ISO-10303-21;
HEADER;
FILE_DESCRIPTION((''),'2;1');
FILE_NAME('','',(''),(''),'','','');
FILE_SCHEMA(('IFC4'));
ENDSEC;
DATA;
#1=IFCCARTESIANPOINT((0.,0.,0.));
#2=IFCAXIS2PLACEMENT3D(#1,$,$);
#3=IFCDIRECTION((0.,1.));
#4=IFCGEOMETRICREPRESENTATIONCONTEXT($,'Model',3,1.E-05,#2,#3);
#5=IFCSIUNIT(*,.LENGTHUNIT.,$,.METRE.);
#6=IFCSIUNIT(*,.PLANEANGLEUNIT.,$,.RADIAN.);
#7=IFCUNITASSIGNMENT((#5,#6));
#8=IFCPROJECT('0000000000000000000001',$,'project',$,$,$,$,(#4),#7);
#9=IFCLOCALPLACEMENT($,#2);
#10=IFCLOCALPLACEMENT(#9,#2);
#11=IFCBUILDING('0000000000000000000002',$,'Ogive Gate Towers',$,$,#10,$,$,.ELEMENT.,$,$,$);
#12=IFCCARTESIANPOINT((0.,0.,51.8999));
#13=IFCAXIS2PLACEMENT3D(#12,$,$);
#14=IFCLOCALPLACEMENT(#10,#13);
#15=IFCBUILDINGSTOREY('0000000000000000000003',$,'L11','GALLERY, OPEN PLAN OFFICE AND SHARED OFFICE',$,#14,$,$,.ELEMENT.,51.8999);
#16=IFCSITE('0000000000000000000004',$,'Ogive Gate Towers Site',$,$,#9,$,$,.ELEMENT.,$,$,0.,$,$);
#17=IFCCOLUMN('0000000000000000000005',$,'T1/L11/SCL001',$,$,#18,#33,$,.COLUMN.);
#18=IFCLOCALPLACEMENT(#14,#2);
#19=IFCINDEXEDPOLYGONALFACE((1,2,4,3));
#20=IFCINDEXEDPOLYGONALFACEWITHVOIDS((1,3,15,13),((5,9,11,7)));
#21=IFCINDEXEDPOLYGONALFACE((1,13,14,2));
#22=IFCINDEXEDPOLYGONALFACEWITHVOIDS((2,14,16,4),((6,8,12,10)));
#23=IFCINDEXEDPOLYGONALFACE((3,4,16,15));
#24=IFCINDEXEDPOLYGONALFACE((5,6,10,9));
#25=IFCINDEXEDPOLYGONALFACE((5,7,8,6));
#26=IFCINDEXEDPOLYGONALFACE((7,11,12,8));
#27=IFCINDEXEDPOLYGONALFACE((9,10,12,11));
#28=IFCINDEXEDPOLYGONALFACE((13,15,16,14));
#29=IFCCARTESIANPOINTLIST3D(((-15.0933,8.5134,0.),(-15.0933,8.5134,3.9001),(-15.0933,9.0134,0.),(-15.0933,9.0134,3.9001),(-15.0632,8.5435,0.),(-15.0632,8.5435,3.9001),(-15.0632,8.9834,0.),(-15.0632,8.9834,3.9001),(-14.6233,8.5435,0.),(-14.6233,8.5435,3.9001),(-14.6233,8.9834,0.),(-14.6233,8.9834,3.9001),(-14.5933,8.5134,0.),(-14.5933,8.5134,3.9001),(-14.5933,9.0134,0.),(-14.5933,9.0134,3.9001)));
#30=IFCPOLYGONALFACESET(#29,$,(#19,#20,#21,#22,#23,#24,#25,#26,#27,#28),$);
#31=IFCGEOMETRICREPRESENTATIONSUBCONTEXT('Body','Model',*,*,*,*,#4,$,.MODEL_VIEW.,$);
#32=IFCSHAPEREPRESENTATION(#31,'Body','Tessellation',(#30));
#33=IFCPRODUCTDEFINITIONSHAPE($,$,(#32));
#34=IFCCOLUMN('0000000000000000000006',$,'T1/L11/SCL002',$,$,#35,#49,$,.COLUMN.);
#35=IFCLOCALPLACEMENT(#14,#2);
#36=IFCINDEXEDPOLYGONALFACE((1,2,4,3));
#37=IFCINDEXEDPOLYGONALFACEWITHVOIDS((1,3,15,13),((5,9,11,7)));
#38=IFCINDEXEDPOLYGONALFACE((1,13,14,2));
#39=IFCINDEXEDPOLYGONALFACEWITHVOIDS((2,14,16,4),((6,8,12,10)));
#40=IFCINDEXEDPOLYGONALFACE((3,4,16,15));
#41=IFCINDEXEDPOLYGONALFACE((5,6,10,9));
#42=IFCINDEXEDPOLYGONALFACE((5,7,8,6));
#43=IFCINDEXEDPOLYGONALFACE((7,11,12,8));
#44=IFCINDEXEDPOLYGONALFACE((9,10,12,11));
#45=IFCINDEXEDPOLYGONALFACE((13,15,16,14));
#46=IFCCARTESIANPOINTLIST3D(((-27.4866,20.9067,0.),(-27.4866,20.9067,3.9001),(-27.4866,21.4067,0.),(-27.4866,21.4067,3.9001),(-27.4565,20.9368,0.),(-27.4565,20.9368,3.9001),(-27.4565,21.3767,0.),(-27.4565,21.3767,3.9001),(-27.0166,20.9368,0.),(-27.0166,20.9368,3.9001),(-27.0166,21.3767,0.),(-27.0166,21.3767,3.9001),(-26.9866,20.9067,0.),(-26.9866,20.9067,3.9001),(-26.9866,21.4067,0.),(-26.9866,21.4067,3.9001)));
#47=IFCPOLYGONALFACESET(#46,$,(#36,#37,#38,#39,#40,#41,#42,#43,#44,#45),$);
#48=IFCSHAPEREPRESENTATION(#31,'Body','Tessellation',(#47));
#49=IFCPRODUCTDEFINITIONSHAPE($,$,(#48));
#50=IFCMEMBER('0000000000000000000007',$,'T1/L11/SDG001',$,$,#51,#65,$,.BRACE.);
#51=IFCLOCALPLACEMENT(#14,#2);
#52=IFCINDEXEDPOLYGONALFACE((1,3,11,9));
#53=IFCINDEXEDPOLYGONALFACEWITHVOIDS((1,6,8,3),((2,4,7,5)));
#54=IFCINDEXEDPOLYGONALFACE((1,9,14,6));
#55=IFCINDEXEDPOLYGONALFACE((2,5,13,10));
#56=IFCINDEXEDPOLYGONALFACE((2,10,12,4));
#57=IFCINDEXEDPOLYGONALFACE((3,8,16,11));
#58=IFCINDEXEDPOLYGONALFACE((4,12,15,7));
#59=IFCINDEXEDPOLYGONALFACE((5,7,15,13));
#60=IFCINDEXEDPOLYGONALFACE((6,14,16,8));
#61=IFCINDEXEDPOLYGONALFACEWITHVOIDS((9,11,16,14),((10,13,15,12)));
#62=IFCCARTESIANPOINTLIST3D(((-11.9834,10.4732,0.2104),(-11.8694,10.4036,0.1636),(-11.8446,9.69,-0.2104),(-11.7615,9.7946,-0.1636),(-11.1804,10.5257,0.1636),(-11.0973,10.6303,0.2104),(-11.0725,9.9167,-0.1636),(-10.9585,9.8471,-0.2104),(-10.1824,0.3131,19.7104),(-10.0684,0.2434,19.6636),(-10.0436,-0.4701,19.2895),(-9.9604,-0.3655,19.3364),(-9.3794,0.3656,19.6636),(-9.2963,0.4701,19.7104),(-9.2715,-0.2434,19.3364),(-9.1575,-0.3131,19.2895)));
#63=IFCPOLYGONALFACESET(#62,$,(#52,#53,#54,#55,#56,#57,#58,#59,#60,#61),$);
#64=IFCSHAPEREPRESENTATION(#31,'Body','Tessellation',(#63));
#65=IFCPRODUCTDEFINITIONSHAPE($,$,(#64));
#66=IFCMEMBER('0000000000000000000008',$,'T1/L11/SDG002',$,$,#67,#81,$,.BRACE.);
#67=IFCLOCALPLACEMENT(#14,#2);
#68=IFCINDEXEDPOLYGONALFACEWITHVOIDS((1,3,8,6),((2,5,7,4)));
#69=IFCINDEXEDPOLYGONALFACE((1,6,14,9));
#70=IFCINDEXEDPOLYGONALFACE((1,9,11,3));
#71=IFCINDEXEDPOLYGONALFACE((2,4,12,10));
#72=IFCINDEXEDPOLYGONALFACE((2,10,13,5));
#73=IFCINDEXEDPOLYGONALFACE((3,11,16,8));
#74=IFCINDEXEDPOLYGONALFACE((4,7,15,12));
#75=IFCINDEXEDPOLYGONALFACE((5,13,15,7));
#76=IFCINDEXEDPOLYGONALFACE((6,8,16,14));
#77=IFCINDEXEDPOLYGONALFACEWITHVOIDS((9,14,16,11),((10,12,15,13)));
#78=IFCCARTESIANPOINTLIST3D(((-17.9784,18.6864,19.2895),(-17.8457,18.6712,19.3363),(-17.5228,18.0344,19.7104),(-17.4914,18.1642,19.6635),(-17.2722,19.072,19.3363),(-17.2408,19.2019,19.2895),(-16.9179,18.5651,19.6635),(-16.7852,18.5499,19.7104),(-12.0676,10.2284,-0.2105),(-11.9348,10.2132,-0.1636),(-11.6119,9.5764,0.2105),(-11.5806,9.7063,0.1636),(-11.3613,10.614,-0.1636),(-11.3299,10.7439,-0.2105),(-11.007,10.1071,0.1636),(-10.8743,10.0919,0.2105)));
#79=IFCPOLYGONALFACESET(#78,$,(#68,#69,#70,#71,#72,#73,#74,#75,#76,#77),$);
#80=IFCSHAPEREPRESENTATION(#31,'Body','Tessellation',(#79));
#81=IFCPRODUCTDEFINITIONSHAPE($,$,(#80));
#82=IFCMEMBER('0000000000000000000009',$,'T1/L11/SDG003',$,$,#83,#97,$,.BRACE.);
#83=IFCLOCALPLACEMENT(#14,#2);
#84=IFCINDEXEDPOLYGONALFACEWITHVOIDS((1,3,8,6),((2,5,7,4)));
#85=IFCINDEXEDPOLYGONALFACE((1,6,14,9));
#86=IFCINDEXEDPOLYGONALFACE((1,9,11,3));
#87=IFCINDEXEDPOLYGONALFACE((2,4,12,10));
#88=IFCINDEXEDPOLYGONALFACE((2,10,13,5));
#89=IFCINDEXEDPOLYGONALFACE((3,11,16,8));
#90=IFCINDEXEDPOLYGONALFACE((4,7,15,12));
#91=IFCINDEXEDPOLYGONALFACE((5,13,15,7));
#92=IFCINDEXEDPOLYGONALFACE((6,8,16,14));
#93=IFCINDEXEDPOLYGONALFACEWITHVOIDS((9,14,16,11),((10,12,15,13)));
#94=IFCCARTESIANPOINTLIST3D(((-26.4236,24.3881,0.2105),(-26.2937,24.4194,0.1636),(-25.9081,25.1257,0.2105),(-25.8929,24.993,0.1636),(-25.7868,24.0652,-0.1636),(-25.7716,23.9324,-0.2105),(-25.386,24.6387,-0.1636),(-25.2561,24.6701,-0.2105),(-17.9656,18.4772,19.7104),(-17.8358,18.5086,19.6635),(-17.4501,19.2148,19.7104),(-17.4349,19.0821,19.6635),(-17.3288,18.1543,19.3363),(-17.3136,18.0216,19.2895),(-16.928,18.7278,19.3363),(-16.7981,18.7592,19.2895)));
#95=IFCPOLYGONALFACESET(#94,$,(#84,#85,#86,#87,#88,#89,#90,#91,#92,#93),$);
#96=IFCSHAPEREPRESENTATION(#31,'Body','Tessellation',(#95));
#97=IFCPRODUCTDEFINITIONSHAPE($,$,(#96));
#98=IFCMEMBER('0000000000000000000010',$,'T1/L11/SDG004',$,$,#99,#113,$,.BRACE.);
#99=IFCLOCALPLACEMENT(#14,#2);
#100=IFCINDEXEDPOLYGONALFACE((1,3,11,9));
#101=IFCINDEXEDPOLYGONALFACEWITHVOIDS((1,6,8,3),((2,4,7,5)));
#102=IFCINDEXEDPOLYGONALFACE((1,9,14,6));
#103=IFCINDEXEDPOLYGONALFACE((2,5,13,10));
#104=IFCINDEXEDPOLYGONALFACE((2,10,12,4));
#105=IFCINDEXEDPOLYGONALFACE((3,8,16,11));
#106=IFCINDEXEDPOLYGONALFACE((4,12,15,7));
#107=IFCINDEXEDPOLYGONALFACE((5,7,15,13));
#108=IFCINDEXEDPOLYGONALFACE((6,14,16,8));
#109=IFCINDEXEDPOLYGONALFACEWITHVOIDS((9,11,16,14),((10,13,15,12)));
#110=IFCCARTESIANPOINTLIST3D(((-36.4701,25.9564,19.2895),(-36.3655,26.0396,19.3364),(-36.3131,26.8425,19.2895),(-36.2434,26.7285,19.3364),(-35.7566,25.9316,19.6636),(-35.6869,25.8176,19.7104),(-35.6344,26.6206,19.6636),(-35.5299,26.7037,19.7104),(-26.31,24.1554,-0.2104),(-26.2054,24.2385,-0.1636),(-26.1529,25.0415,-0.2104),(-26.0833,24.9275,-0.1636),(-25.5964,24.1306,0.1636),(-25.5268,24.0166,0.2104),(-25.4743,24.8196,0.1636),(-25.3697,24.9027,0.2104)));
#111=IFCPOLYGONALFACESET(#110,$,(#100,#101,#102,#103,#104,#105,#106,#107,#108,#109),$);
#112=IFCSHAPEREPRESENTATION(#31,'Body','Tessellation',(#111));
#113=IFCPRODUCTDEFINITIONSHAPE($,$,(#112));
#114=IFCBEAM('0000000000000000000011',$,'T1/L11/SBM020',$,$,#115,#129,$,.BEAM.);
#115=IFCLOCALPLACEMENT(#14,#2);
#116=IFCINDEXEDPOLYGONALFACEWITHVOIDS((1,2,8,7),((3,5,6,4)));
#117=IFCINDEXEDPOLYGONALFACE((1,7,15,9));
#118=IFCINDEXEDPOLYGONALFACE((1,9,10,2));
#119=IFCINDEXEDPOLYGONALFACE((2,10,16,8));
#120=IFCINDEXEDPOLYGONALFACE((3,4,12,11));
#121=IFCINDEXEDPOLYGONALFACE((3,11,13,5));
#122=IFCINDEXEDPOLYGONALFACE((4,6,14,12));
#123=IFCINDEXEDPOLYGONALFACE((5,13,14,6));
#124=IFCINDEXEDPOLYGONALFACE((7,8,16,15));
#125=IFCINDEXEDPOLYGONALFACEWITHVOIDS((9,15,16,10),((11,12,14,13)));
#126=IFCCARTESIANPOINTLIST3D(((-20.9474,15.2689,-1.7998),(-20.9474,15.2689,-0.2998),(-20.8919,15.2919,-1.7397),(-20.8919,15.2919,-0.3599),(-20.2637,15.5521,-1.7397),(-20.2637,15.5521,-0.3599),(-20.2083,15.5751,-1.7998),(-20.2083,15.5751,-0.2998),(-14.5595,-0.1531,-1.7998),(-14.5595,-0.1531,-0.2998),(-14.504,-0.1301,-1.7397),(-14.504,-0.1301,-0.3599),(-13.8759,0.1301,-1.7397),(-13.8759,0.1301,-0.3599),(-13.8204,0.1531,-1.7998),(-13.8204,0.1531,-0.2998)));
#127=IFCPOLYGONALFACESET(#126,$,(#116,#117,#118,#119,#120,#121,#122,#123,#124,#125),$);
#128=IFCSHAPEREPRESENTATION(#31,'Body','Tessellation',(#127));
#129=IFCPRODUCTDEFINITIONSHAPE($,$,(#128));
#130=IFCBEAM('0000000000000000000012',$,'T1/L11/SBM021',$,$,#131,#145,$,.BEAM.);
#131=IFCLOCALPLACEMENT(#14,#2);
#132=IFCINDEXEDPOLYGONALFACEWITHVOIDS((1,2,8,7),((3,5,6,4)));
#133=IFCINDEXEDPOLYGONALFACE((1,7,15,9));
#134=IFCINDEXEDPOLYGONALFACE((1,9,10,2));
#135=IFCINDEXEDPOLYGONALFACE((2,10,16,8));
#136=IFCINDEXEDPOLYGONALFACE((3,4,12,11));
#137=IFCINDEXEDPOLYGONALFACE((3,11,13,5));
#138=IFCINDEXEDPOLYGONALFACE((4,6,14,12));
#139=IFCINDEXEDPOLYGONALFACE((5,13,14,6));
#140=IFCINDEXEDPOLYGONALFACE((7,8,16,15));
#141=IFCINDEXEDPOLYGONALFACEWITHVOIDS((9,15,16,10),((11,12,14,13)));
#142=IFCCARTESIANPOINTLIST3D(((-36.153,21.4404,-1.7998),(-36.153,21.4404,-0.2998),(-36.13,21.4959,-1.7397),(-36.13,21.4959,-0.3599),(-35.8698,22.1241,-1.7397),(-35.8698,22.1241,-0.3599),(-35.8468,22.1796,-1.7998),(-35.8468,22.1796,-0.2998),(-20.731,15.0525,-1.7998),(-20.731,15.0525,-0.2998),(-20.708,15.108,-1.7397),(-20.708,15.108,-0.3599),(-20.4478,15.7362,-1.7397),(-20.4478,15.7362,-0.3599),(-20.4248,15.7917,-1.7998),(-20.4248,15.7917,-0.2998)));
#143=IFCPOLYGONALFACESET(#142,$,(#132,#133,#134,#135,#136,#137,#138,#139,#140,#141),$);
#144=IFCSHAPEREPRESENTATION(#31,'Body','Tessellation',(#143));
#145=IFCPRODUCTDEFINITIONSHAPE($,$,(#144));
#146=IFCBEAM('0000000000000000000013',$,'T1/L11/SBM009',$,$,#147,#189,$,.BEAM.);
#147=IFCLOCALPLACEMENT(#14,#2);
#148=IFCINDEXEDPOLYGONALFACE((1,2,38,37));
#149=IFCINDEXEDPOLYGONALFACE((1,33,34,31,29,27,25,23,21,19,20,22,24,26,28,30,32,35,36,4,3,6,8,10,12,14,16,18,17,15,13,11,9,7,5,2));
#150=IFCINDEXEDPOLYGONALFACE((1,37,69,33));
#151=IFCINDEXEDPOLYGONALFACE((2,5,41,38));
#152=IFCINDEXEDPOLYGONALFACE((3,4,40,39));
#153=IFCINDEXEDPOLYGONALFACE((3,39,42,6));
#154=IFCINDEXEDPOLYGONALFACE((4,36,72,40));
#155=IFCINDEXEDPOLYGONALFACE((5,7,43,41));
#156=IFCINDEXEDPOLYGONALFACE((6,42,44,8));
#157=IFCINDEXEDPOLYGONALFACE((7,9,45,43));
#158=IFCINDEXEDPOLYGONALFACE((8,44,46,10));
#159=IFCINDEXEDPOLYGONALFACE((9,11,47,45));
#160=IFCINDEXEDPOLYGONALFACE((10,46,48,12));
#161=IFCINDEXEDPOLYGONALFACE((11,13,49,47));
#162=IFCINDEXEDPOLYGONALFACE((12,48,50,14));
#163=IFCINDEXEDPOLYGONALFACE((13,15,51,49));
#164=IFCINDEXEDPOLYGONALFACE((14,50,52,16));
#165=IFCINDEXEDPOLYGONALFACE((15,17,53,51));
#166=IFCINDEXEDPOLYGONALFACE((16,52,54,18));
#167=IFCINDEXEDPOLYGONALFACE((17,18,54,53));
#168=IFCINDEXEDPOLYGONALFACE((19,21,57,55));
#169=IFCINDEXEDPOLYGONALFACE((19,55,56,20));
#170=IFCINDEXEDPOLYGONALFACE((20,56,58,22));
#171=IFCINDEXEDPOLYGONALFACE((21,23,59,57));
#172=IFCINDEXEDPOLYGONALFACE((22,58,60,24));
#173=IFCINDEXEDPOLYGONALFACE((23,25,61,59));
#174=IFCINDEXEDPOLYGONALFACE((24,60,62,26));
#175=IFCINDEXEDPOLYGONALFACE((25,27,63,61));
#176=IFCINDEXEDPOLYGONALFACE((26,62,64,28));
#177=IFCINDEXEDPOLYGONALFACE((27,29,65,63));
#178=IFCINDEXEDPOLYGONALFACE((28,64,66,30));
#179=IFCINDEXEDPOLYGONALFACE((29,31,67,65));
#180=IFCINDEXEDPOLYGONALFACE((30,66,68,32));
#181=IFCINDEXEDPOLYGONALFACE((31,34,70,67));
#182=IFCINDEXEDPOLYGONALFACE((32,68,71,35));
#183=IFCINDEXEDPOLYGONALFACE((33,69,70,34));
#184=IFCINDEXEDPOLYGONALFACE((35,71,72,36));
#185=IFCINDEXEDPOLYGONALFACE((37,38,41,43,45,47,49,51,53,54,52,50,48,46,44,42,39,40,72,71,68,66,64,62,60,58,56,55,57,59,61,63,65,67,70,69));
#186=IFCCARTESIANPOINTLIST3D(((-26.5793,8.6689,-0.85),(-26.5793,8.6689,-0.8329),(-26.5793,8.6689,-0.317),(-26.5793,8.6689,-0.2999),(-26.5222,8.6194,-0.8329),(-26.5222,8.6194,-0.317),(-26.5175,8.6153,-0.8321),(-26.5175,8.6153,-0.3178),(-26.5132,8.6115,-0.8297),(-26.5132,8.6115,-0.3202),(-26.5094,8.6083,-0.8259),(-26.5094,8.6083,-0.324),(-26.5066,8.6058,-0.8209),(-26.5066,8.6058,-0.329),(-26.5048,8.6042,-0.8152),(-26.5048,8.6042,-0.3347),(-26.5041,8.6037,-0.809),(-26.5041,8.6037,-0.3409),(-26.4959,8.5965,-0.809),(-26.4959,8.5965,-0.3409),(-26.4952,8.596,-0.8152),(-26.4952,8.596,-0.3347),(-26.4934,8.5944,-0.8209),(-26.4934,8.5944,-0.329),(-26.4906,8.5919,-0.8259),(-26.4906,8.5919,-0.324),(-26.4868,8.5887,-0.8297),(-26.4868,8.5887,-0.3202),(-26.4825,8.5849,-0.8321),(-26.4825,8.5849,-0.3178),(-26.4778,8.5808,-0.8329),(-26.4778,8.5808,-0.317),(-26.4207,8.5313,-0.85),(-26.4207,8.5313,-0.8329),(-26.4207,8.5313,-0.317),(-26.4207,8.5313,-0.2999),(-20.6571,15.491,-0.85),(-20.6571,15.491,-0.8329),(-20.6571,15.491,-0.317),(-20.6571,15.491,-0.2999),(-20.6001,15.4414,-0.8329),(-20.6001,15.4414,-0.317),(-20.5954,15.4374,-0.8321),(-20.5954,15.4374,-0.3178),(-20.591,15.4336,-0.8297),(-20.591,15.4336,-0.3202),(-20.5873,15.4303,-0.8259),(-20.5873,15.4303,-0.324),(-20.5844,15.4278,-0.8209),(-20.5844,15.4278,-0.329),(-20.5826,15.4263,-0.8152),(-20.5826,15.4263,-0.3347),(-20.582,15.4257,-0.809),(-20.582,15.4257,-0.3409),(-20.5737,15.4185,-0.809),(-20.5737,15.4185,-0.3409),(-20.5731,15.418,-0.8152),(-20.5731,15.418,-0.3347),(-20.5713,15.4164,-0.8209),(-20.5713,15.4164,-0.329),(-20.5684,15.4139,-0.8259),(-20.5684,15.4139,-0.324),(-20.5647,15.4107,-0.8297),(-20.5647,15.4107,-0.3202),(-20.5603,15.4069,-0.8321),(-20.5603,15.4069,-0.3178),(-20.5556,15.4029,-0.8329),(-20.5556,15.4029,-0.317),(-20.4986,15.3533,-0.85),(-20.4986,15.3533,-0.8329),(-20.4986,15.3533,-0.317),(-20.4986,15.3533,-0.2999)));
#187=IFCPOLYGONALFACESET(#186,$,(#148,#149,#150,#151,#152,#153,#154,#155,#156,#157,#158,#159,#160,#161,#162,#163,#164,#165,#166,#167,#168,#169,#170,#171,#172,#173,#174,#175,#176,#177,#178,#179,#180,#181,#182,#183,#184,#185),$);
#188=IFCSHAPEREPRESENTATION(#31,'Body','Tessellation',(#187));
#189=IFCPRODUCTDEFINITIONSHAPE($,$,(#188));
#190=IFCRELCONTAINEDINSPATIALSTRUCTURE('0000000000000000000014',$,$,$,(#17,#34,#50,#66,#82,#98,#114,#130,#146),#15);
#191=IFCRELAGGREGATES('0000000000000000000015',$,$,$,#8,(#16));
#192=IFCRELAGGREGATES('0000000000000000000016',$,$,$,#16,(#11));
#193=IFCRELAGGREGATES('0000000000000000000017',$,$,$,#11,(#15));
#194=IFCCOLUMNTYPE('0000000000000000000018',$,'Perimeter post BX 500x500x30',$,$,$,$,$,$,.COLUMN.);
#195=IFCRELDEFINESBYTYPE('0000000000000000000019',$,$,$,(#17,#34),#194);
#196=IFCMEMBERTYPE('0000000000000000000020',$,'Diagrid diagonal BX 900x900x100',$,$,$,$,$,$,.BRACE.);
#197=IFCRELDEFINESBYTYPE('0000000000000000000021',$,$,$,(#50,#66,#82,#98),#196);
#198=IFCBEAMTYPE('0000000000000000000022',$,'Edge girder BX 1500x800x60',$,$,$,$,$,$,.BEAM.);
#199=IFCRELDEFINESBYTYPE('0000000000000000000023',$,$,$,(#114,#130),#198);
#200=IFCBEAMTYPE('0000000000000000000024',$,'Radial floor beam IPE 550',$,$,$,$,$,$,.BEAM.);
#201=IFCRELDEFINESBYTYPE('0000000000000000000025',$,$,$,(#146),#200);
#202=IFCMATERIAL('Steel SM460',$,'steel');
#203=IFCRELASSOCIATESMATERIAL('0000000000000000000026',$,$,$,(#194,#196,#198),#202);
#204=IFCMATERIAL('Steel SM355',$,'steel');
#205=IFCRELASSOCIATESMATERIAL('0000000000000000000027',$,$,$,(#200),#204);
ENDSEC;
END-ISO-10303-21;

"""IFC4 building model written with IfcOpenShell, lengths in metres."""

from ifc_helpers import new_model, si_unit, direction, frame, origin, origin_2d, place, context, subcontext, project, spatial, hollow_rectangle, i_section, extrude, material, material_profile, profile_set, type_object, element, save


model = new_model("IFC4")

# Units and contexts
model_context = context("Model", 3, precision=1e-05, world=origin(), true_north=direction((0.0, 1.0)))
body_context = subcontext(model_context, "Body", "Model", "MODEL_VIEW")
ifc_project = project(units=[si_unit("LENGTHUNIT", "METRE"), si_unit("PLANEANGLEUNIT", "RADIAN")], contexts=[model_context])

# Site, building, storey
site_placement = place(None, origin())
site = spatial("IfcSite", under=ifc_project, at=site_placement, Name="Ogive Gate Towers Site", CompositionType="ELEMENT", RefElevation=0.0)
building_placement = place(site_placement, origin())
building = spatial("IfcBuilding", under=site, at=building_placement, Name="Ogive Gate Towers", CompositionType="ELEMENT")
storey_placement = place(building_placement, frame((0.0, 0.0, 51.8999)))
storey = spatial("IfcBuildingStorey", under=building, at=storey_placement, Name="L11", Description="GALLERY, OPEN PLAN OFFICE AND SHARED OFFICE", CompositionType="ELEMENT", Elevation=51.8999)

# Columns
ifc_material_1 = material(Name="Steel SM460", Category="steel")
ifc_material_profile_1 = material_profile(ifc_material_1, hollow_rectangle(XDim=0.5, YDim=0.5, WallThickness=0.03, at=origin_2d()), Name="BX 500x500x30")
ifc_profile_set_1 = profile_set([ifc_material_profile_1], Name="Steel SM460")
column_type = type_object("IfcColumnType", Name="Perimeter post BX 500x500x30", PredefinedType="COLUMN", material=ifc_profile_set_1)
for number, where, z_axis, x_axis, name in (
    (1, (-14.8433, 8.7634, 0.0), (0.0, 0.0, 1.0), (1.0, 0.0, 0.0), "T1/L11/SCL001"),
    (2, (-27.2366, 21.1567, 0.0), (0.0, 0.0, 1.0), (1.0, 0.0, 0.0), "T1/L11/SCL002"),
):
    element("IfcColumn", number, at=place(storey_placement, frame(where, z_axis=z_axis, x_axis=x_axis)), inside=storey, type_object=column_type, Name=name, PredefinedType="COLUMN", context=body_context, shape_type="SweptSolid", body=[
        extrude(hollow_rectangle(XDim=0.5, YDim=0.5, WallThickness=0.03, at=origin_2d()), origin(), (0.0, 0.0, 1.0), 3.9001),
    ])

# Members
ifc_material_profile_2 = material_profile(ifc_material_1, hollow_rectangle(XDim=0.8999, YDim=0.8999, WallThickness=0.1001, at=origin_2d()), Name="BX 900x900x100")
ifc_profile_set_2 = profile_set([ifc_material_profile_2], Name="Steel SM460")
member_type = type_object("IfcMemberType", Name="Diagrid diagonal BX 900x900x100", PredefinedType="BRACE", material=ifc_profile_set_2)
for number, where, z_axis, x_axis, name in (
    (3, (-11.4709, 10.1602, 0.0), (0.081636, -0.460532, 0.883881), (0.98465, 0.174542, 0.0), "T1/L11/SDG001"),
    (4, (-11.4709, 10.1602, 0.0), (-0.267923, 0.383377, 0.883878), (-0.819674, -0.57283, 0.0), "T1/L11/SDG002"),
    (5, (-25.8398, 24.5291, 0.0), (0.383377, -0.267923, 0.883878), (0.57283, 0.819674, 0.0), "T1/L11/SDG003"),
    (6, (-25.8398, 24.5291, 0.0), (-0.460532, 0.081636, 0.883881), (-0.174542, -0.98465, 0.0), "T1/L11/SDG004"),
):
    element("IfcMember", number, at=place(storey_placement, frame(where, z_axis=z_axis, x_axis=x_axis)), inside=storey, type_object=member_type, Name=name, PredefinedType="BRACE", context=body_context, shape_type="SweptSolid", body=[
        extrude(hollow_rectangle(XDim=0.8999, YDim=0.8999, WallThickness=0.1001, at=origin_2d()), origin(), (0.0, 0.0, 1.0), 22.0618),
    ])

# Beams
ifc_material_profile_3 = material_profile(ifc_material_1, hollow_rectangle(XDim=0.8, YDim=1.5, WallThickness=0.0601, at=origin_2d()), Name="BX 1500x800x60")
ifc_profile_set_3 = profile_set([ifc_material_profile_3], Name="Steel SM460")
beam_type_1 = type_object("IfcBeamType", Name="Edge girder BX 1500x800x60", PredefinedType="BEAM", material=ifc_profile_set_3)
for number, where, z_axis, x_axis, name in (
    (7, (-14.1899, 0.0, -1.0498), (-0.382678, 0.923882, 0.0), (-0.923882, -0.382678, 0.0), "T1/L11/SBM020"),
    (8, (-20.5779, 15.4221, -1.0498), (-0.923882, 0.382678, 0.0), (-0.382678, -0.923882, 0.0), "T1/L11/SBM021"),
):
    element("IfcBeam", number, at=place(storey_placement, frame(where, z_axis=z_axis, x_axis=x_axis)), inside=storey, type_object=beam_type_1, Name=name, PredefinedType="BEAM", context=body_context, shape_type="SweptSolid", body=[
        extrude(hollow_rectangle(XDim=0.8, YDim=1.5, WallThickness=0.0601, at=origin_2d()), origin(), (0.0, 0.0, 1.0), 16.6926),
    ])
ifc_material_2 = material(Name="Steel SM355", Category="steel")
ifc_material_profile_4 = material_profile(ifc_material_2, i_section(OverallWidth=0.21, OverallDepth=0.55, WebThickness=0.011, FlangeThickness=0.0171, FilletRadius=0.0239, at=origin_2d()), Name="IPE 550")
ifc_profile_set_4 = profile_set([ifc_material_profile_4], Name="Steel SM355")
beam_type_2 = type_object("IfcBeamType", Name="Radial floor beam IPE 550", PredefinedType="BEAM", material=ifc_profile_set_4)
beam_1_placement = place(storey_placement, frame((-26.5, 8.6001, -0.575), z_axis=(0.655544, 0.755157, 0.0), x_axis=(-0.755157, 0.655544, 0.0)))
element("IfcBeam", 9, at=beam_1_placement, inside=storey, type_object=beam_type_2, Name="T1/L11/SBM009", PredefinedType="BEAM", context=body_context, shape_type="SweptSolid", body=[
    extrude(i_section(OverallWidth=0.21, OverallDepth=0.55, WebThickness=0.011, FlangeThickness=0.0171, FilletRadius=0.0239, at=origin_2d()), origin(), (0.0, 0.0, 1.0), 9.0339),
])

save(model, "model.ifc")
